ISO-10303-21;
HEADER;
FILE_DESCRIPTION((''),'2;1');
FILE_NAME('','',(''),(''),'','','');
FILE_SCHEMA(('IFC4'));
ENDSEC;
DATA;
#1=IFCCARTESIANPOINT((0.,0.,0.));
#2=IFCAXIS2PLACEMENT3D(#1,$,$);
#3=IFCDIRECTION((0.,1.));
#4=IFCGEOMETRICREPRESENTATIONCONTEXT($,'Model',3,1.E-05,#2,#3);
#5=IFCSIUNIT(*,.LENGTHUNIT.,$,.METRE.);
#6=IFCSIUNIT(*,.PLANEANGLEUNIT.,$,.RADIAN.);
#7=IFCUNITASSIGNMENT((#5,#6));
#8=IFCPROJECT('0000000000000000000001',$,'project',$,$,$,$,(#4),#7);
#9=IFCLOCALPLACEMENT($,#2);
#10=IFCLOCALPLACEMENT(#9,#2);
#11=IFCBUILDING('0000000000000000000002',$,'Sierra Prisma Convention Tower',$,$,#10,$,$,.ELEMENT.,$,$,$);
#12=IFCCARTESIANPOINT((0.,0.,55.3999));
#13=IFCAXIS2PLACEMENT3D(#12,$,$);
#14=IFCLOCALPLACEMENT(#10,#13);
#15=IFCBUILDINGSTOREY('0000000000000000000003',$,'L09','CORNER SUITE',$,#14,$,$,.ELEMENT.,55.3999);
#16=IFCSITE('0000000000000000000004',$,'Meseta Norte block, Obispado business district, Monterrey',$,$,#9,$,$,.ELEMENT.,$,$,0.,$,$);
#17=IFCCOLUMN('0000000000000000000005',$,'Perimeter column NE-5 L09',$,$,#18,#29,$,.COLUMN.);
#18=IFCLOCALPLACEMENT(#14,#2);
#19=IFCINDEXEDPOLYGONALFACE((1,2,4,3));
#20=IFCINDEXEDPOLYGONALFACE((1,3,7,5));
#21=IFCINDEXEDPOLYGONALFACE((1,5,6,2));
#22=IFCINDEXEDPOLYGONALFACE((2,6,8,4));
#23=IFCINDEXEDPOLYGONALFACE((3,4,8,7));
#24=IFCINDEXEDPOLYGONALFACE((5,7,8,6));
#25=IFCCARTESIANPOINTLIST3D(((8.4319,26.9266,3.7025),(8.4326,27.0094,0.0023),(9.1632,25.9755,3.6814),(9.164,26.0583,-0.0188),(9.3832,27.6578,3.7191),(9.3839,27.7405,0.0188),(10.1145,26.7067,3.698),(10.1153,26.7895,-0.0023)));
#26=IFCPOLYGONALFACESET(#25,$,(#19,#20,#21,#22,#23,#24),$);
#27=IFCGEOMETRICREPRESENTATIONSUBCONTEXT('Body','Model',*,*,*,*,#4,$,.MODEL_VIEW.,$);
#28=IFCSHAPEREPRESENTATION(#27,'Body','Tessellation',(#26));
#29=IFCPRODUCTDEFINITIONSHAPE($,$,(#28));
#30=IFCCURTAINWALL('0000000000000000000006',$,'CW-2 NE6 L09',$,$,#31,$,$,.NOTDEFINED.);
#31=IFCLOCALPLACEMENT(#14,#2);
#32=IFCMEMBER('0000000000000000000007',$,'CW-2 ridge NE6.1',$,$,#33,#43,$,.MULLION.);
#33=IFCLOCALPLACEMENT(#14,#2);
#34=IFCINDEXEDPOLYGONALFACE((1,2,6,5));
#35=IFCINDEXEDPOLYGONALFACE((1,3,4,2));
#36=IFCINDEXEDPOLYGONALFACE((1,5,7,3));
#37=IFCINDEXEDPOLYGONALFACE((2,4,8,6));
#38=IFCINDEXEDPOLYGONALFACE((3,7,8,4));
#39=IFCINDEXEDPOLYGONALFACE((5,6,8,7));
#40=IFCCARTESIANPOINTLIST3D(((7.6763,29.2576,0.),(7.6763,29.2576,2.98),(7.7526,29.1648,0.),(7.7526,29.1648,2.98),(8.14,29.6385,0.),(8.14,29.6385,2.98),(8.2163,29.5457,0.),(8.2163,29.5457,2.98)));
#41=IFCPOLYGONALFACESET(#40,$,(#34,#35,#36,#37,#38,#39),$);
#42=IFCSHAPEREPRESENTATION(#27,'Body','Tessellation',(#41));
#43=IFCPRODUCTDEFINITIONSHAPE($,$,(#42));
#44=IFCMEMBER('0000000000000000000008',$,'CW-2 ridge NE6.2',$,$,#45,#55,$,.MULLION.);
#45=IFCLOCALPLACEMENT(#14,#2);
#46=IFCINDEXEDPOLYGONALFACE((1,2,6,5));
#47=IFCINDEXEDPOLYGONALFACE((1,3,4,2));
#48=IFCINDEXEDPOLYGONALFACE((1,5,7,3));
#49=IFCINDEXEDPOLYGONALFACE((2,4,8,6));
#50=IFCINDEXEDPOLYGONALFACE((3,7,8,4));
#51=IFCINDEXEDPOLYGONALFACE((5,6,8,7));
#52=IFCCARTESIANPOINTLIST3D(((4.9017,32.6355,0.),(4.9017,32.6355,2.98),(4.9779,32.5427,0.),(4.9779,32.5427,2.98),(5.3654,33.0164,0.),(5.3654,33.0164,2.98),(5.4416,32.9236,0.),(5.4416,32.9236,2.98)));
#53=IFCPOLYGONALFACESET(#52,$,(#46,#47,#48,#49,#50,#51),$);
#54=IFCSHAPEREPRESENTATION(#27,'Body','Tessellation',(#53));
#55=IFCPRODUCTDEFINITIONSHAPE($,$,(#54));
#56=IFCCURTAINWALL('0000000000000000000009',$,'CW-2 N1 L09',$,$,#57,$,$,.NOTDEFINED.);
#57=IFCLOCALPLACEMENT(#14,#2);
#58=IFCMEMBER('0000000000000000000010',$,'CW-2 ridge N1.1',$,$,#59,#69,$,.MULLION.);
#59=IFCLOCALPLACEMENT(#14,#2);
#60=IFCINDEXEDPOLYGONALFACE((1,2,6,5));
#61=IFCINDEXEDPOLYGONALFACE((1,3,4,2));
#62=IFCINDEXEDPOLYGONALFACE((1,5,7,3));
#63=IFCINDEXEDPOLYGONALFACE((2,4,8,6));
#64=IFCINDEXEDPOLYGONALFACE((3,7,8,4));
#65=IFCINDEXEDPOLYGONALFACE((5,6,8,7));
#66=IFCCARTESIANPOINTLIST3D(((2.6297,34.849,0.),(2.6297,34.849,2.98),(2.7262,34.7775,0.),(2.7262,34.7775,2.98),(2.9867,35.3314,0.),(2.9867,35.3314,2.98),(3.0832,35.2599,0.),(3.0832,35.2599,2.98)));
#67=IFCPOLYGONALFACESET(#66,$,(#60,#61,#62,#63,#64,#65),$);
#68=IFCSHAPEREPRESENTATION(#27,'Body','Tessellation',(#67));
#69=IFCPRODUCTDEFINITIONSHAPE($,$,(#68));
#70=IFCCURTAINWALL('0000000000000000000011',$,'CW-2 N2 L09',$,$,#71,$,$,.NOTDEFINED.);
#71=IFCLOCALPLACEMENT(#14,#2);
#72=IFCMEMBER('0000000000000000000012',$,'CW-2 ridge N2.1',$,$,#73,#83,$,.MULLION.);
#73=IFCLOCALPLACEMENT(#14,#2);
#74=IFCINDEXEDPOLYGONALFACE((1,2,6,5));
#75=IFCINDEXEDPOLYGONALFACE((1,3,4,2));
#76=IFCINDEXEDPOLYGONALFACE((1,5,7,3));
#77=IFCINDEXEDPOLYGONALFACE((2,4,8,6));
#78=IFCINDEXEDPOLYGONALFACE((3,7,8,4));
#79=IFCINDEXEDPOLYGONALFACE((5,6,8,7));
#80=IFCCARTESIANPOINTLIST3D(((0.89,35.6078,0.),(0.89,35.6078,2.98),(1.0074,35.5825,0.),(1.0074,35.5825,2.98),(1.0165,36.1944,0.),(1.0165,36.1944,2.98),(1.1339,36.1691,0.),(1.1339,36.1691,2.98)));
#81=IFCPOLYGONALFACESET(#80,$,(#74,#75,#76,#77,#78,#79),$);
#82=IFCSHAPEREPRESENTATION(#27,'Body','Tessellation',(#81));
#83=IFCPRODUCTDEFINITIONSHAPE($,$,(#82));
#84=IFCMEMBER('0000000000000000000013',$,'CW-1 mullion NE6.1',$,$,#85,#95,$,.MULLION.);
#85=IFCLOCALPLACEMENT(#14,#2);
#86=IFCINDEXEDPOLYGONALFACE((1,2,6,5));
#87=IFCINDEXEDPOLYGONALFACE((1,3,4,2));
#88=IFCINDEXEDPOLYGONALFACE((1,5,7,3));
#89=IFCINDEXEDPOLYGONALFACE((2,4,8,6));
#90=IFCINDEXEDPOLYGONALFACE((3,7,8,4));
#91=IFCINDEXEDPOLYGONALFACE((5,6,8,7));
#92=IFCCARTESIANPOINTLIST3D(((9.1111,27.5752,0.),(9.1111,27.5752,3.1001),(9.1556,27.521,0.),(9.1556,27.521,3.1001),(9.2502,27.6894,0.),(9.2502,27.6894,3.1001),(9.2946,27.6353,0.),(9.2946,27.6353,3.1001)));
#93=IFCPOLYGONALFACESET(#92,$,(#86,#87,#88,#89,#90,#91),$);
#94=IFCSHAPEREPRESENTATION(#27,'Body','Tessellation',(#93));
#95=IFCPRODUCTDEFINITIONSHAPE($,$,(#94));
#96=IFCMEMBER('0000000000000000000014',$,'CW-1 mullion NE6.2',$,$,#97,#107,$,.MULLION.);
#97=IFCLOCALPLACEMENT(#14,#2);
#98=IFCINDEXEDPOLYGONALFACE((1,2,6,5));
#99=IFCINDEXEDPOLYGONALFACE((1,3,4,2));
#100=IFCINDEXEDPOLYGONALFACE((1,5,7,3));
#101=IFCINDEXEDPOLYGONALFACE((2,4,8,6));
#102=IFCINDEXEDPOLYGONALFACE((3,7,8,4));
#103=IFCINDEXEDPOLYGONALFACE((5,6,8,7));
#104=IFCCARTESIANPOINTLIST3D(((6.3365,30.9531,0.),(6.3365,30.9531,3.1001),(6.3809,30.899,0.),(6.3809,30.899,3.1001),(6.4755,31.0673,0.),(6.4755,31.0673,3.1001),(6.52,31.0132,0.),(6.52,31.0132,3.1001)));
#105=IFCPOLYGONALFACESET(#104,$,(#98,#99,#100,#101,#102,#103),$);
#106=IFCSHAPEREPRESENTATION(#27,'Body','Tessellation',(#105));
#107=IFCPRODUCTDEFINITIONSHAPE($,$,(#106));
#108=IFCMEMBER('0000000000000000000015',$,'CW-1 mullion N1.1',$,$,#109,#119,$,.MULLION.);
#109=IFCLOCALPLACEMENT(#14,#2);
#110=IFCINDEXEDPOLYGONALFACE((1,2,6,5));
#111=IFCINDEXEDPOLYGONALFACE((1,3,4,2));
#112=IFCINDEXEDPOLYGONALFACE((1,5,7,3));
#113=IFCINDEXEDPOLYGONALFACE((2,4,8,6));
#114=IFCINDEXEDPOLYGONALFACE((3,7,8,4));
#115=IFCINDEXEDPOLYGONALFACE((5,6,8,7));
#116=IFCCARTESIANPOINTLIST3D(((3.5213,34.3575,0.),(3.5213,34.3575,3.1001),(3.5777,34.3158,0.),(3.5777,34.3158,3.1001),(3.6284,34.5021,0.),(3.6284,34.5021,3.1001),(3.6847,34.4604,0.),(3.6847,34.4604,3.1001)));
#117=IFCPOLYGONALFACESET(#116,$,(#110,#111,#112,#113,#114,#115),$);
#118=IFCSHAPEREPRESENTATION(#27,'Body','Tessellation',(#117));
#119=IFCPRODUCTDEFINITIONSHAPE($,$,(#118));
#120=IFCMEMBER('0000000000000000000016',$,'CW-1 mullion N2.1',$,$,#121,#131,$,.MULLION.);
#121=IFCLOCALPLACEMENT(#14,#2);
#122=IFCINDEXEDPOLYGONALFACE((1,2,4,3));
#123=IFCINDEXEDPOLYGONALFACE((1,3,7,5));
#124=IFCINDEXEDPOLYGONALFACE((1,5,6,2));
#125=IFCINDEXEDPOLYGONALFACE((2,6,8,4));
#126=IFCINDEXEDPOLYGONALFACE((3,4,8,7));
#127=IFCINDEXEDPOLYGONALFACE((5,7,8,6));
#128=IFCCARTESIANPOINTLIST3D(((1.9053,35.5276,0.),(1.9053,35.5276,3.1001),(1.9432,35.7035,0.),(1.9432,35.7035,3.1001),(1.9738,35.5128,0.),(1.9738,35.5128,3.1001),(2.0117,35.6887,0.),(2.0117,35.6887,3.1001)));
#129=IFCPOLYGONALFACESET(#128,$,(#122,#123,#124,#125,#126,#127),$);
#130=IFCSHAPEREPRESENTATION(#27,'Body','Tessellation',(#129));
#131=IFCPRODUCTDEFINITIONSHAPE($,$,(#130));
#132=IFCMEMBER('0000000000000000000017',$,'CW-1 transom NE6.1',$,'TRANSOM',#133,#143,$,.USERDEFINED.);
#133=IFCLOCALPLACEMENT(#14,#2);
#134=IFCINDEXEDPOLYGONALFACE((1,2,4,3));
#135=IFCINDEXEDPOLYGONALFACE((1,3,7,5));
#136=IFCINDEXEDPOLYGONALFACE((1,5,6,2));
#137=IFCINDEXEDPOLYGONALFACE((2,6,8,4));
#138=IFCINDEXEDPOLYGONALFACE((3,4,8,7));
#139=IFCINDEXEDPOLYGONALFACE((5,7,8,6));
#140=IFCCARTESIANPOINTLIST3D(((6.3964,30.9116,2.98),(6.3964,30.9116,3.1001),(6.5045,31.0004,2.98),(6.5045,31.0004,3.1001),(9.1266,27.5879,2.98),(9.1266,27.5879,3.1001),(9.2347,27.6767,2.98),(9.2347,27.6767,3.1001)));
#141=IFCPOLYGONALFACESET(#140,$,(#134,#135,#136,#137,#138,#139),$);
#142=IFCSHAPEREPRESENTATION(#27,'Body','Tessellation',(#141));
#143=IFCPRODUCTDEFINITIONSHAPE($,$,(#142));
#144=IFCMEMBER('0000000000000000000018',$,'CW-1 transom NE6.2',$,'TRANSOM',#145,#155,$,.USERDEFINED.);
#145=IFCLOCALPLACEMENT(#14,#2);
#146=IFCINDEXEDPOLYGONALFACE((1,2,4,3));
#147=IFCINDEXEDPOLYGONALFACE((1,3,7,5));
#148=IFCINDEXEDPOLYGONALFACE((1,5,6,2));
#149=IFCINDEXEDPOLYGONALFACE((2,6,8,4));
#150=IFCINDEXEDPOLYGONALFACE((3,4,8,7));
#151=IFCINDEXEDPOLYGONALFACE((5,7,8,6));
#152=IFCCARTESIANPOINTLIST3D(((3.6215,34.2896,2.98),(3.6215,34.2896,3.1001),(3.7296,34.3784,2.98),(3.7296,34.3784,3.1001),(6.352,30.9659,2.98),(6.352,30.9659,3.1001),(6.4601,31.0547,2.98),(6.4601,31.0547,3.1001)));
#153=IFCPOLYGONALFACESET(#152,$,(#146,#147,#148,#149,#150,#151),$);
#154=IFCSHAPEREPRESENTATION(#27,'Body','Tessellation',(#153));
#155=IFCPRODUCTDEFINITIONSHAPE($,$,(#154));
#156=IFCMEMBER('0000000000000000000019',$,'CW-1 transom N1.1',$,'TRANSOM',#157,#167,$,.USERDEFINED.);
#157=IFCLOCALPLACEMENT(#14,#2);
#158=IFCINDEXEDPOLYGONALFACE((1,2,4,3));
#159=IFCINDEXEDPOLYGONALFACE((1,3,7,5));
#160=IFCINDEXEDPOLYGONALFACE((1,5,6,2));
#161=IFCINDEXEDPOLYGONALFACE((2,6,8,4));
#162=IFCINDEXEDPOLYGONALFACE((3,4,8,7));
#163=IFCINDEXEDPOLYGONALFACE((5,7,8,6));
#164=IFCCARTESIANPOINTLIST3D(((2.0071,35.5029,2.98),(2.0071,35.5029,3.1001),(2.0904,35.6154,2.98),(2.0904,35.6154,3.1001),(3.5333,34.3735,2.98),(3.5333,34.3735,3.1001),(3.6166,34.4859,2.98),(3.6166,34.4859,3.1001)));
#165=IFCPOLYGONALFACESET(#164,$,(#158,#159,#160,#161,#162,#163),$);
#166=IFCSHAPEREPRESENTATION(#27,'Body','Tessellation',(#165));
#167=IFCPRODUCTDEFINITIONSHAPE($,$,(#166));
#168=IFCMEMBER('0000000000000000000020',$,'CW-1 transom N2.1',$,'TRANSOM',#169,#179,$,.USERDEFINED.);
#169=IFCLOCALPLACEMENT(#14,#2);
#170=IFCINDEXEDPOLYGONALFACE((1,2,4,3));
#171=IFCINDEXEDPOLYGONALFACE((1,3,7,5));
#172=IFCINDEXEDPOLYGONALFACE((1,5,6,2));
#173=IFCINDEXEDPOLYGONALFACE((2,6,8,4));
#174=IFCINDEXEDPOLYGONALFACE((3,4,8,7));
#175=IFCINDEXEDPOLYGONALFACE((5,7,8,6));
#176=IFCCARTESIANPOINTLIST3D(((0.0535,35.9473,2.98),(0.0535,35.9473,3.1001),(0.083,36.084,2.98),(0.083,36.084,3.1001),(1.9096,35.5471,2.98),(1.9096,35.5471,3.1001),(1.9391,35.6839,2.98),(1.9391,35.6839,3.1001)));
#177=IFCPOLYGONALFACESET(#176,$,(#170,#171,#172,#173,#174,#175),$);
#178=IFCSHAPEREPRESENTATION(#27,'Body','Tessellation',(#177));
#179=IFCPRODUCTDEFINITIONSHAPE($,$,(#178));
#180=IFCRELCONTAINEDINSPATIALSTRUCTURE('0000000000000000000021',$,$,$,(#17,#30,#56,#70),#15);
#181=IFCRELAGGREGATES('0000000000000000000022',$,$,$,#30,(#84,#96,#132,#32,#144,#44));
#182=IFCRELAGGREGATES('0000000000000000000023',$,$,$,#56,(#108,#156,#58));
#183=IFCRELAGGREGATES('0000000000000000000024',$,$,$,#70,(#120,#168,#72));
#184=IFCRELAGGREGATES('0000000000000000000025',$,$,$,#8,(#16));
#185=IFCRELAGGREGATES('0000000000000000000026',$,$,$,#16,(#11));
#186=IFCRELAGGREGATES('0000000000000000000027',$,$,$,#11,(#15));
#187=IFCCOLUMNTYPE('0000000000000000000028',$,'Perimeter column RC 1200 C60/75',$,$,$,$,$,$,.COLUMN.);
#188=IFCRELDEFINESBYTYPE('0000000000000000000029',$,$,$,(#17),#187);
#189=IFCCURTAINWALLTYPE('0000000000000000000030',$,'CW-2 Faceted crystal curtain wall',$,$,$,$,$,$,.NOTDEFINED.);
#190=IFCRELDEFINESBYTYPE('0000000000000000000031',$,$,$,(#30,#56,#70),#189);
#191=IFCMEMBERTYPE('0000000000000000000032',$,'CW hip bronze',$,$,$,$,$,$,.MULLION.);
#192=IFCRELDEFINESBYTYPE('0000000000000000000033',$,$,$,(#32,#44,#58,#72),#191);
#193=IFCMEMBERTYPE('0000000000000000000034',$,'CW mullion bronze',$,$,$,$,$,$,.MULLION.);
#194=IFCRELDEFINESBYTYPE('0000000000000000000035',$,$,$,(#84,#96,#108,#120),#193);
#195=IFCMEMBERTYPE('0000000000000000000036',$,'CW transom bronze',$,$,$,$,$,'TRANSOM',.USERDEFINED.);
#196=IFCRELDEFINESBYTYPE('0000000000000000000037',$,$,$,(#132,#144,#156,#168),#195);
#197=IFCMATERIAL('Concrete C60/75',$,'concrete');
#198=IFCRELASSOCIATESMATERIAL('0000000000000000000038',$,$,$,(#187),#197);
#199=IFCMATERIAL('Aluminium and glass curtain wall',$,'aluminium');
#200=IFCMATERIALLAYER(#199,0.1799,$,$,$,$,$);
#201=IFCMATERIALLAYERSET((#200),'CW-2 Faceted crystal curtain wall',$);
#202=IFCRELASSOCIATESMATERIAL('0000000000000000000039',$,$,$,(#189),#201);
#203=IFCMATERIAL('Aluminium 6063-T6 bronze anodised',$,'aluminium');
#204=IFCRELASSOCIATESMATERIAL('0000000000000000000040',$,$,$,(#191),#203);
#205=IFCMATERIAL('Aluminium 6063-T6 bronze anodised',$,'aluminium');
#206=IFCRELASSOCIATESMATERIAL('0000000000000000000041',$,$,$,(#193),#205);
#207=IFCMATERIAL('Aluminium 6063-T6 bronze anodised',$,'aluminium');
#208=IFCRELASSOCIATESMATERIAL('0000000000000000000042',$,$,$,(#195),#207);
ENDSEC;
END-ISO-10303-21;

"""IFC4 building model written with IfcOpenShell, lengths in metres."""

from ifc_helpers import new_model, si_unit, direction, frame, origin, origin_2d, place, context, subcontext, project, spatial, rectangle, extrude, material, layer, layer_set, material_profile, profile_set, type_object, element, aggregate, save


model = new_model("IFC4")

# Units and contexts
model_context = context("Model", 3, precision=1e-05, world=origin(), true_north=direction((0.0, 1.0)))
body_context = subcontext(model_context, "Body", "Model", "MODEL_VIEW")
ifc_project = project(units=[si_unit("LENGTHUNIT", "METRE"), si_unit("PLANEANGLEUNIT", "RADIAN")], contexts=[model_context])

# Site, building, storey
site_placement = place(None, origin())
site = spatial("IfcSite", under=ifc_project, at=site_placement, Name="Meseta Norte block, Obispado business district, Monterrey", CompositionType="ELEMENT", RefElevation=0.0)
building_placement = place(site_placement, origin())
building = spatial("IfcBuilding", under=site, at=building_placement, Name="Sierra Prisma Convention Tower", CompositionType="ELEMENT")
storey_placement = place(building_placement, frame((0.0, 0.0, 55.3999)))
storey = spatial("IfcBuildingStorey", under=building, at=storey_placement, Name="L09", Description="CORNER SUITE", CompositionType="ELEMENT", Elevation=55.3999)

# Column
ifc_material_1 = material(Name="Concrete C60/75", Category="concrete")
ifc_material_profile_1 = material_profile(ifc_material_1, rectangle(XDim=1.2, YDim=1.2, at=origin_2d()), Name="Perimeter column RC 1200 C60/75")
ifc_profile_set_1 = profile_set([ifc_material_profile_1], Name="Concrete C60/75")
column_type = type_object("IfcColumnType", Name="Perimeter column RC 1200 C60/75", PredefinedType="COLUMN", material=ifc_profile_set_1)
column_placement = place(storey_placement, frame((9.2739, 26.8994, 0.0), z_axis=(-0.000198, -0.022362, 0.99975), x_axis=(-0.609501, 0.79259, 0.017608)))
element("IfcColumn", 1, at=column_placement, inside=storey, type_object=column_type, Name="Perimeter column NE-5 L09", PredefinedType="COLUMN", context=body_context, shape_type="SweptSolid", body=[
    extrude(rectangle(XDim=1.2, YDim=1.2, at=origin_2d()), origin(), (0.0, 0.0, 1.0), 3.7012),
])

# Curtain wall, members
ifc_material_2 = material(Name="Aluminium and glass curtain wall", Category="aluminium")
ifc_layer_1 = layer(ifc_material_2, 0.1799)
ifc_layer_set_1 = layer_set([ifc_layer_1], Name="CW-2 Faceted crystal curtain wall")
curtain_wall_type = type_object("IfcCurtainWallType", Name="CW-2 Faceted crystal curtain wall", PredefinedType="NOTDEFINED", material=ifc_layer_set_1)
curtain_wall_1_placement = place(storey_placement, origin())
curtain_wall_1 = element("IfcCurtainWall", 2, at=curtain_wall_1_placement, inside=storey, type_object=curtain_wall_type, Name="CW-2 NE6 L09", PredefinedType="NOTDEFINED")
ifc_material_3 = material(Name="Aluminium 6063-T6 bronze anodised", Category="aluminium")
ifc_material_profile_2 = material_profile(ifc_material_3, rectangle(XDim=0.1201, YDim=0.6001, at=origin_2d()), Name="ALU RIDGE BLADE 120x600")
ifc_profile_set_2 = profile_set([ifc_material_profile_2], Name="Aluminium 6063-T6 bronze anodised")
member_type_1 = type_object("IfcMemberType", Name="CW hip bronze", PredefinedType="MULLION", material=ifc_profile_set_2)
member_1_placement = place(storey_placement, frame((7.9463, 29.4016, 0.0), z_axis=(0.0, 0.0, 1.0), x_axis=(-0.634735, 0.77273, 0.0)))
member_1 = element("IfcMember", 3, at=member_1_placement, type_object=member_type_1, Name="CW-2 ridge NE6.1", PredefinedType="MULLION", context=body_context, shape_type="SweptSolid", body=[
    extrude(rectangle(XDim=0.1201, YDim=0.6001, at=origin_2d()), origin(), (0.0, 0.0, 1.0), 2.98),
])
member_2_placement = place(storey_placement, frame((5.1716, 32.7795, 0.0), z_axis=(0.0, 0.0, 1.0), x_axis=(-0.634735, 0.77273, 0.0)))
member_2 = element("IfcMember", 4, at=member_2_placement, type_object=member_type_1, Name="CW-2 ridge NE6.2", PredefinedType="MULLION", context=body_context, shape_type="SweptSolid", body=[
    extrude(rectangle(XDim=0.1201, YDim=0.6001, at=origin_2d()), origin(), (0.0, 0.0, 1.0), 2.98),
])

# Curtain walls, members
curtain_wall_2_placement = place(storey_placement, origin())
curtain_wall_2 = element("IfcCurtainWall", 5, at=curtain_wall_2_placement, inside=storey, type_object=curtain_wall_type, Name="CW-2 N1 L09", PredefinedType="NOTDEFINED")
member_3_placement = place(storey_placement, frame((2.8564, 35.0544, 0.0), z_axis=(0.0, 0.0, 1.0), x_axis=(-0.803832, 0.594857, 0.0)))
member_3 = element("IfcMember", 6, at=member_3_placement, type_object=member_type_1, Name="CW-2 ridge N1.1", PredefinedType="MULLION", context=body_context, shape_type="SweptSolid", body=[
    extrude(rectangle(XDim=0.1201, YDim=0.6001, at=origin_2d()), origin(), (0.0, 0.0, 1.0), 2.98),
])
curtain_wall_3_placement = place(storey_placement, origin())
curtain_wall_3 = element("IfcCurtainWall", 7, at=curtain_wall_3_placement, inside=storey, type_object=curtain_wall_type, Name="CW-2 N2 L09", PredefinedType="NOTDEFINED")
member_4_placement = place(storey_placement, frame((1.012, 35.8884, 0.0), z_axis=(0.0, 0.0, 1.0), x_axis=(-0.977536, 0.21077, 0.0)))
member_4 = element("IfcMember", 8, at=member_4_placement, type_object=member_type_1, Name="CW-2 ridge N2.1", PredefinedType="MULLION", context=body_context, shape_type="SweptSolid", body=[
    extrude(rectangle(XDim=0.1201, YDim=0.6001, at=origin_2d()), origin(), (0.0, 0.0, 1.0), 2.98),
])

# Members
ifc_material_4 = material(Name="Aluminium 6063-T6 bronze anodised", Category="aluminium")
ifc_material_profile_3 = material_profile(ifc_material_4, rectangle(XDim=0.1799, YDim=0.0701, at=origin_2d()), Name="ALU MULLION 70x180")
ifc_profile_set_3 = profile_set([ifc_material_profile_3], Name="Aluminium 6063-T6 bronze anodised")
member_type_2 = type_object("IfcMemberType", Name="CW mullion bronze", PredefinedType="MULLION", material=ifc_profile_set_3)
member_5_placement = place(storey_placement, frame((9.2029, 27.6052, 0.0), z_axis=(0.0, 0.0, 1.0), x_axis=(-0.77273, -0.634735, 0.0)))
member_5 = element("IfcMember", 9, at=member_5_placement, type_object=member_type_2, Name="CW-1 mullion NE6.1", PredefinedType="MULLION", context=body_context, shape_type="SweptSolid", body=[
    extrude(rectangle(XDim=0.1799, YDim=0.0701, at=origin_2d()), origin(), (0.0, 0.0, 1.0), 3.1001),
])
member_6_placement = place(storey_placement, frame((6.4282, 30.9832, 0.0), z_axis=(0.0, 0.0, 1.0), x_axis=(-0.77273, -0.634735, 0.0)))
member_6 = element("IfcMember", 10, at=member_6_placement, type_object=member_type_2, Name="CW-1 mullion NE6.2", PredefinedType="MULLION", context=body_context, shape_type="SweptSolid", body=[
    extrude(rectangle(XDim=0.1799, YDim=0.0701, at=origin_2d()), origin(), (0.0, 0.0, 1.0), 3.1001),
])
member_7_placement = place(storey_placement, frame((3.603, 34.4089, 0.0), z_axis=(0.0, 0.0, 1.0), x_axis=(-0.594857, -0.803832, 0.0)))
member_7 = element("IfcMember", 11, at=member_7_placement, type_object=member_type_2, Name="CW-1 mullion N1.1", PredefinedType="MULLION", context=body_context, shape_type="SweptSolid", body=[
    extrude(rectangle(XDim=0.1799, YDim=0.0701, at=origin_2d()), origin(), (0.0, 0.0, 1.0), 3.1001),
])
member_8_placement = place(storey_placement, frame((1.9585, 35.6082, 0.0), z_axis=(0.0, 0.0, 1.0), x_axis=(-0.21077, -0.977536, 0.0)))
member_8 = element("IfcMember", 12, at=member_8_placement, type_object=member_type_2, Name="CW-1 mullion N2.1", PredefinedType="MULLION", context=body_context, shape_type="SweptSolid", body=[
    extrude(rectangle(XDim=0.1799, YDim=0.0701, at=origin_2d()), origin(), (0.0, 0.0, 1.0), 3.1001),
])
ifc_material_5 = material(Name="Aluminium 6063-T6 bronze anodised", Category="aluminium")
ifc_material_profile_4 = material_profile(ifc_material_5, rectangle(XDim=0.1399, YDim=0.1201, at=origin_2d()), Name="ALU TRANSOM 120x140")
ifc_profile_set_4 = profile_set([ifc_material_profile_4], Name="Aluminium 6063-T6 bronze anodised")
member_type_3 = type_object("IfcMemberType", Name="CW transom bronze", ElementType="TRANSOM", PredefinedType="USERDEFINED", material=ifc_profile_set_4)
member_9_placement = place(storey_placement, frame((9.1807, 27.6323, 3.04), z_axis=(-0.634742, 0.772724, 0.0), x_axis=(-0.772724, -0.634742, 0.0)))
member_9 = element("IfcMember", 13, at=member_9_placement, type_object=member_type_3, Name="CW-1 transom NE6.1", ObjectType="TRANSOM", PredefinedType="USERDEFINED", context=body_context, shape_type="SweptSolid", body=[
    extrude(rectangle(XDim=0.1399, YDim=0.1201, at=origin_2d()), origin(), (0.0, 0.0, 1.0), 4.3013),
])
member_10_placement = place(storey_placement, frame((6.406, 31.0103, 3.04), z_axis=(-0.634776, 0.772696, 0.0), x_axis=(-0.772696, -0.634776, 0.0)))
member_10 = element("IfcMember", 14, at=member_10_placement, type_object=member_type_3, Name="CW-1 transom NE6.2", ObjectType="TRANSOM", PredefinedType="USERDEFINED", context=body_context, shape_type="SweptSolid", body=[
    extrude(rectangle(XDim=0.1399, YDim=0.1201, at=origin_2d()), origin(), (0.0, 0.0, 1.0), 4.3015),
])
member_11_placement = place(storey_placement, frame((3.575, 34.4297, 3.04), z_axis=(-0.803826, 0.594865, 0.0), x_axis=(-0.594865, -0.803826, 0.0)))
member_11 = element("IfcMember", 15, at=member_11_placement, type_object=member_type_3, Name="CW-1 transom N1.1", ObjectType="TRANSOM", PredefinedType="USERDEFINED", context=body_context, shape_type="SweptSolid", body=[
    extrude(rectangle(XDim=0.1399, YDim=0.1201, at=origin_2d()), origin(), (0.0, 0.0, 1.0), 1.8987),
])
member_12_placement = place(storey_placement, frame((1.9243, 35.6155, 3.04), z_axis=(-0.977538, 0.210758, 0.0), x_axis=(-0.210758, -0.977538, 0.0)))
member_12 = element("IfcMember", 16, at=member_12_placement, type_object=member_type_3, Name="CW-1 transom N2.1", ObjectType="TRANSOM", PredefinedType="USERDEFINED", context=body_context, shape_type="SweptSolid", body=[
    extrude(rectangle(XDim=0.1399, YDim=0.1201, at=origin_2d()), origin(), (0.0, 0.0, 1.0), 1.8987),
])

aggregate(curtain_wall_1, [member_5, member_6, member_9, member_1, member_10, member_2])
aggregate(curtain_wall_2, [member_7, member_11, member_3])
aggregate(curtain_wall_3, [member_8, member_12, member_4])

save(model, "model.ifc")
